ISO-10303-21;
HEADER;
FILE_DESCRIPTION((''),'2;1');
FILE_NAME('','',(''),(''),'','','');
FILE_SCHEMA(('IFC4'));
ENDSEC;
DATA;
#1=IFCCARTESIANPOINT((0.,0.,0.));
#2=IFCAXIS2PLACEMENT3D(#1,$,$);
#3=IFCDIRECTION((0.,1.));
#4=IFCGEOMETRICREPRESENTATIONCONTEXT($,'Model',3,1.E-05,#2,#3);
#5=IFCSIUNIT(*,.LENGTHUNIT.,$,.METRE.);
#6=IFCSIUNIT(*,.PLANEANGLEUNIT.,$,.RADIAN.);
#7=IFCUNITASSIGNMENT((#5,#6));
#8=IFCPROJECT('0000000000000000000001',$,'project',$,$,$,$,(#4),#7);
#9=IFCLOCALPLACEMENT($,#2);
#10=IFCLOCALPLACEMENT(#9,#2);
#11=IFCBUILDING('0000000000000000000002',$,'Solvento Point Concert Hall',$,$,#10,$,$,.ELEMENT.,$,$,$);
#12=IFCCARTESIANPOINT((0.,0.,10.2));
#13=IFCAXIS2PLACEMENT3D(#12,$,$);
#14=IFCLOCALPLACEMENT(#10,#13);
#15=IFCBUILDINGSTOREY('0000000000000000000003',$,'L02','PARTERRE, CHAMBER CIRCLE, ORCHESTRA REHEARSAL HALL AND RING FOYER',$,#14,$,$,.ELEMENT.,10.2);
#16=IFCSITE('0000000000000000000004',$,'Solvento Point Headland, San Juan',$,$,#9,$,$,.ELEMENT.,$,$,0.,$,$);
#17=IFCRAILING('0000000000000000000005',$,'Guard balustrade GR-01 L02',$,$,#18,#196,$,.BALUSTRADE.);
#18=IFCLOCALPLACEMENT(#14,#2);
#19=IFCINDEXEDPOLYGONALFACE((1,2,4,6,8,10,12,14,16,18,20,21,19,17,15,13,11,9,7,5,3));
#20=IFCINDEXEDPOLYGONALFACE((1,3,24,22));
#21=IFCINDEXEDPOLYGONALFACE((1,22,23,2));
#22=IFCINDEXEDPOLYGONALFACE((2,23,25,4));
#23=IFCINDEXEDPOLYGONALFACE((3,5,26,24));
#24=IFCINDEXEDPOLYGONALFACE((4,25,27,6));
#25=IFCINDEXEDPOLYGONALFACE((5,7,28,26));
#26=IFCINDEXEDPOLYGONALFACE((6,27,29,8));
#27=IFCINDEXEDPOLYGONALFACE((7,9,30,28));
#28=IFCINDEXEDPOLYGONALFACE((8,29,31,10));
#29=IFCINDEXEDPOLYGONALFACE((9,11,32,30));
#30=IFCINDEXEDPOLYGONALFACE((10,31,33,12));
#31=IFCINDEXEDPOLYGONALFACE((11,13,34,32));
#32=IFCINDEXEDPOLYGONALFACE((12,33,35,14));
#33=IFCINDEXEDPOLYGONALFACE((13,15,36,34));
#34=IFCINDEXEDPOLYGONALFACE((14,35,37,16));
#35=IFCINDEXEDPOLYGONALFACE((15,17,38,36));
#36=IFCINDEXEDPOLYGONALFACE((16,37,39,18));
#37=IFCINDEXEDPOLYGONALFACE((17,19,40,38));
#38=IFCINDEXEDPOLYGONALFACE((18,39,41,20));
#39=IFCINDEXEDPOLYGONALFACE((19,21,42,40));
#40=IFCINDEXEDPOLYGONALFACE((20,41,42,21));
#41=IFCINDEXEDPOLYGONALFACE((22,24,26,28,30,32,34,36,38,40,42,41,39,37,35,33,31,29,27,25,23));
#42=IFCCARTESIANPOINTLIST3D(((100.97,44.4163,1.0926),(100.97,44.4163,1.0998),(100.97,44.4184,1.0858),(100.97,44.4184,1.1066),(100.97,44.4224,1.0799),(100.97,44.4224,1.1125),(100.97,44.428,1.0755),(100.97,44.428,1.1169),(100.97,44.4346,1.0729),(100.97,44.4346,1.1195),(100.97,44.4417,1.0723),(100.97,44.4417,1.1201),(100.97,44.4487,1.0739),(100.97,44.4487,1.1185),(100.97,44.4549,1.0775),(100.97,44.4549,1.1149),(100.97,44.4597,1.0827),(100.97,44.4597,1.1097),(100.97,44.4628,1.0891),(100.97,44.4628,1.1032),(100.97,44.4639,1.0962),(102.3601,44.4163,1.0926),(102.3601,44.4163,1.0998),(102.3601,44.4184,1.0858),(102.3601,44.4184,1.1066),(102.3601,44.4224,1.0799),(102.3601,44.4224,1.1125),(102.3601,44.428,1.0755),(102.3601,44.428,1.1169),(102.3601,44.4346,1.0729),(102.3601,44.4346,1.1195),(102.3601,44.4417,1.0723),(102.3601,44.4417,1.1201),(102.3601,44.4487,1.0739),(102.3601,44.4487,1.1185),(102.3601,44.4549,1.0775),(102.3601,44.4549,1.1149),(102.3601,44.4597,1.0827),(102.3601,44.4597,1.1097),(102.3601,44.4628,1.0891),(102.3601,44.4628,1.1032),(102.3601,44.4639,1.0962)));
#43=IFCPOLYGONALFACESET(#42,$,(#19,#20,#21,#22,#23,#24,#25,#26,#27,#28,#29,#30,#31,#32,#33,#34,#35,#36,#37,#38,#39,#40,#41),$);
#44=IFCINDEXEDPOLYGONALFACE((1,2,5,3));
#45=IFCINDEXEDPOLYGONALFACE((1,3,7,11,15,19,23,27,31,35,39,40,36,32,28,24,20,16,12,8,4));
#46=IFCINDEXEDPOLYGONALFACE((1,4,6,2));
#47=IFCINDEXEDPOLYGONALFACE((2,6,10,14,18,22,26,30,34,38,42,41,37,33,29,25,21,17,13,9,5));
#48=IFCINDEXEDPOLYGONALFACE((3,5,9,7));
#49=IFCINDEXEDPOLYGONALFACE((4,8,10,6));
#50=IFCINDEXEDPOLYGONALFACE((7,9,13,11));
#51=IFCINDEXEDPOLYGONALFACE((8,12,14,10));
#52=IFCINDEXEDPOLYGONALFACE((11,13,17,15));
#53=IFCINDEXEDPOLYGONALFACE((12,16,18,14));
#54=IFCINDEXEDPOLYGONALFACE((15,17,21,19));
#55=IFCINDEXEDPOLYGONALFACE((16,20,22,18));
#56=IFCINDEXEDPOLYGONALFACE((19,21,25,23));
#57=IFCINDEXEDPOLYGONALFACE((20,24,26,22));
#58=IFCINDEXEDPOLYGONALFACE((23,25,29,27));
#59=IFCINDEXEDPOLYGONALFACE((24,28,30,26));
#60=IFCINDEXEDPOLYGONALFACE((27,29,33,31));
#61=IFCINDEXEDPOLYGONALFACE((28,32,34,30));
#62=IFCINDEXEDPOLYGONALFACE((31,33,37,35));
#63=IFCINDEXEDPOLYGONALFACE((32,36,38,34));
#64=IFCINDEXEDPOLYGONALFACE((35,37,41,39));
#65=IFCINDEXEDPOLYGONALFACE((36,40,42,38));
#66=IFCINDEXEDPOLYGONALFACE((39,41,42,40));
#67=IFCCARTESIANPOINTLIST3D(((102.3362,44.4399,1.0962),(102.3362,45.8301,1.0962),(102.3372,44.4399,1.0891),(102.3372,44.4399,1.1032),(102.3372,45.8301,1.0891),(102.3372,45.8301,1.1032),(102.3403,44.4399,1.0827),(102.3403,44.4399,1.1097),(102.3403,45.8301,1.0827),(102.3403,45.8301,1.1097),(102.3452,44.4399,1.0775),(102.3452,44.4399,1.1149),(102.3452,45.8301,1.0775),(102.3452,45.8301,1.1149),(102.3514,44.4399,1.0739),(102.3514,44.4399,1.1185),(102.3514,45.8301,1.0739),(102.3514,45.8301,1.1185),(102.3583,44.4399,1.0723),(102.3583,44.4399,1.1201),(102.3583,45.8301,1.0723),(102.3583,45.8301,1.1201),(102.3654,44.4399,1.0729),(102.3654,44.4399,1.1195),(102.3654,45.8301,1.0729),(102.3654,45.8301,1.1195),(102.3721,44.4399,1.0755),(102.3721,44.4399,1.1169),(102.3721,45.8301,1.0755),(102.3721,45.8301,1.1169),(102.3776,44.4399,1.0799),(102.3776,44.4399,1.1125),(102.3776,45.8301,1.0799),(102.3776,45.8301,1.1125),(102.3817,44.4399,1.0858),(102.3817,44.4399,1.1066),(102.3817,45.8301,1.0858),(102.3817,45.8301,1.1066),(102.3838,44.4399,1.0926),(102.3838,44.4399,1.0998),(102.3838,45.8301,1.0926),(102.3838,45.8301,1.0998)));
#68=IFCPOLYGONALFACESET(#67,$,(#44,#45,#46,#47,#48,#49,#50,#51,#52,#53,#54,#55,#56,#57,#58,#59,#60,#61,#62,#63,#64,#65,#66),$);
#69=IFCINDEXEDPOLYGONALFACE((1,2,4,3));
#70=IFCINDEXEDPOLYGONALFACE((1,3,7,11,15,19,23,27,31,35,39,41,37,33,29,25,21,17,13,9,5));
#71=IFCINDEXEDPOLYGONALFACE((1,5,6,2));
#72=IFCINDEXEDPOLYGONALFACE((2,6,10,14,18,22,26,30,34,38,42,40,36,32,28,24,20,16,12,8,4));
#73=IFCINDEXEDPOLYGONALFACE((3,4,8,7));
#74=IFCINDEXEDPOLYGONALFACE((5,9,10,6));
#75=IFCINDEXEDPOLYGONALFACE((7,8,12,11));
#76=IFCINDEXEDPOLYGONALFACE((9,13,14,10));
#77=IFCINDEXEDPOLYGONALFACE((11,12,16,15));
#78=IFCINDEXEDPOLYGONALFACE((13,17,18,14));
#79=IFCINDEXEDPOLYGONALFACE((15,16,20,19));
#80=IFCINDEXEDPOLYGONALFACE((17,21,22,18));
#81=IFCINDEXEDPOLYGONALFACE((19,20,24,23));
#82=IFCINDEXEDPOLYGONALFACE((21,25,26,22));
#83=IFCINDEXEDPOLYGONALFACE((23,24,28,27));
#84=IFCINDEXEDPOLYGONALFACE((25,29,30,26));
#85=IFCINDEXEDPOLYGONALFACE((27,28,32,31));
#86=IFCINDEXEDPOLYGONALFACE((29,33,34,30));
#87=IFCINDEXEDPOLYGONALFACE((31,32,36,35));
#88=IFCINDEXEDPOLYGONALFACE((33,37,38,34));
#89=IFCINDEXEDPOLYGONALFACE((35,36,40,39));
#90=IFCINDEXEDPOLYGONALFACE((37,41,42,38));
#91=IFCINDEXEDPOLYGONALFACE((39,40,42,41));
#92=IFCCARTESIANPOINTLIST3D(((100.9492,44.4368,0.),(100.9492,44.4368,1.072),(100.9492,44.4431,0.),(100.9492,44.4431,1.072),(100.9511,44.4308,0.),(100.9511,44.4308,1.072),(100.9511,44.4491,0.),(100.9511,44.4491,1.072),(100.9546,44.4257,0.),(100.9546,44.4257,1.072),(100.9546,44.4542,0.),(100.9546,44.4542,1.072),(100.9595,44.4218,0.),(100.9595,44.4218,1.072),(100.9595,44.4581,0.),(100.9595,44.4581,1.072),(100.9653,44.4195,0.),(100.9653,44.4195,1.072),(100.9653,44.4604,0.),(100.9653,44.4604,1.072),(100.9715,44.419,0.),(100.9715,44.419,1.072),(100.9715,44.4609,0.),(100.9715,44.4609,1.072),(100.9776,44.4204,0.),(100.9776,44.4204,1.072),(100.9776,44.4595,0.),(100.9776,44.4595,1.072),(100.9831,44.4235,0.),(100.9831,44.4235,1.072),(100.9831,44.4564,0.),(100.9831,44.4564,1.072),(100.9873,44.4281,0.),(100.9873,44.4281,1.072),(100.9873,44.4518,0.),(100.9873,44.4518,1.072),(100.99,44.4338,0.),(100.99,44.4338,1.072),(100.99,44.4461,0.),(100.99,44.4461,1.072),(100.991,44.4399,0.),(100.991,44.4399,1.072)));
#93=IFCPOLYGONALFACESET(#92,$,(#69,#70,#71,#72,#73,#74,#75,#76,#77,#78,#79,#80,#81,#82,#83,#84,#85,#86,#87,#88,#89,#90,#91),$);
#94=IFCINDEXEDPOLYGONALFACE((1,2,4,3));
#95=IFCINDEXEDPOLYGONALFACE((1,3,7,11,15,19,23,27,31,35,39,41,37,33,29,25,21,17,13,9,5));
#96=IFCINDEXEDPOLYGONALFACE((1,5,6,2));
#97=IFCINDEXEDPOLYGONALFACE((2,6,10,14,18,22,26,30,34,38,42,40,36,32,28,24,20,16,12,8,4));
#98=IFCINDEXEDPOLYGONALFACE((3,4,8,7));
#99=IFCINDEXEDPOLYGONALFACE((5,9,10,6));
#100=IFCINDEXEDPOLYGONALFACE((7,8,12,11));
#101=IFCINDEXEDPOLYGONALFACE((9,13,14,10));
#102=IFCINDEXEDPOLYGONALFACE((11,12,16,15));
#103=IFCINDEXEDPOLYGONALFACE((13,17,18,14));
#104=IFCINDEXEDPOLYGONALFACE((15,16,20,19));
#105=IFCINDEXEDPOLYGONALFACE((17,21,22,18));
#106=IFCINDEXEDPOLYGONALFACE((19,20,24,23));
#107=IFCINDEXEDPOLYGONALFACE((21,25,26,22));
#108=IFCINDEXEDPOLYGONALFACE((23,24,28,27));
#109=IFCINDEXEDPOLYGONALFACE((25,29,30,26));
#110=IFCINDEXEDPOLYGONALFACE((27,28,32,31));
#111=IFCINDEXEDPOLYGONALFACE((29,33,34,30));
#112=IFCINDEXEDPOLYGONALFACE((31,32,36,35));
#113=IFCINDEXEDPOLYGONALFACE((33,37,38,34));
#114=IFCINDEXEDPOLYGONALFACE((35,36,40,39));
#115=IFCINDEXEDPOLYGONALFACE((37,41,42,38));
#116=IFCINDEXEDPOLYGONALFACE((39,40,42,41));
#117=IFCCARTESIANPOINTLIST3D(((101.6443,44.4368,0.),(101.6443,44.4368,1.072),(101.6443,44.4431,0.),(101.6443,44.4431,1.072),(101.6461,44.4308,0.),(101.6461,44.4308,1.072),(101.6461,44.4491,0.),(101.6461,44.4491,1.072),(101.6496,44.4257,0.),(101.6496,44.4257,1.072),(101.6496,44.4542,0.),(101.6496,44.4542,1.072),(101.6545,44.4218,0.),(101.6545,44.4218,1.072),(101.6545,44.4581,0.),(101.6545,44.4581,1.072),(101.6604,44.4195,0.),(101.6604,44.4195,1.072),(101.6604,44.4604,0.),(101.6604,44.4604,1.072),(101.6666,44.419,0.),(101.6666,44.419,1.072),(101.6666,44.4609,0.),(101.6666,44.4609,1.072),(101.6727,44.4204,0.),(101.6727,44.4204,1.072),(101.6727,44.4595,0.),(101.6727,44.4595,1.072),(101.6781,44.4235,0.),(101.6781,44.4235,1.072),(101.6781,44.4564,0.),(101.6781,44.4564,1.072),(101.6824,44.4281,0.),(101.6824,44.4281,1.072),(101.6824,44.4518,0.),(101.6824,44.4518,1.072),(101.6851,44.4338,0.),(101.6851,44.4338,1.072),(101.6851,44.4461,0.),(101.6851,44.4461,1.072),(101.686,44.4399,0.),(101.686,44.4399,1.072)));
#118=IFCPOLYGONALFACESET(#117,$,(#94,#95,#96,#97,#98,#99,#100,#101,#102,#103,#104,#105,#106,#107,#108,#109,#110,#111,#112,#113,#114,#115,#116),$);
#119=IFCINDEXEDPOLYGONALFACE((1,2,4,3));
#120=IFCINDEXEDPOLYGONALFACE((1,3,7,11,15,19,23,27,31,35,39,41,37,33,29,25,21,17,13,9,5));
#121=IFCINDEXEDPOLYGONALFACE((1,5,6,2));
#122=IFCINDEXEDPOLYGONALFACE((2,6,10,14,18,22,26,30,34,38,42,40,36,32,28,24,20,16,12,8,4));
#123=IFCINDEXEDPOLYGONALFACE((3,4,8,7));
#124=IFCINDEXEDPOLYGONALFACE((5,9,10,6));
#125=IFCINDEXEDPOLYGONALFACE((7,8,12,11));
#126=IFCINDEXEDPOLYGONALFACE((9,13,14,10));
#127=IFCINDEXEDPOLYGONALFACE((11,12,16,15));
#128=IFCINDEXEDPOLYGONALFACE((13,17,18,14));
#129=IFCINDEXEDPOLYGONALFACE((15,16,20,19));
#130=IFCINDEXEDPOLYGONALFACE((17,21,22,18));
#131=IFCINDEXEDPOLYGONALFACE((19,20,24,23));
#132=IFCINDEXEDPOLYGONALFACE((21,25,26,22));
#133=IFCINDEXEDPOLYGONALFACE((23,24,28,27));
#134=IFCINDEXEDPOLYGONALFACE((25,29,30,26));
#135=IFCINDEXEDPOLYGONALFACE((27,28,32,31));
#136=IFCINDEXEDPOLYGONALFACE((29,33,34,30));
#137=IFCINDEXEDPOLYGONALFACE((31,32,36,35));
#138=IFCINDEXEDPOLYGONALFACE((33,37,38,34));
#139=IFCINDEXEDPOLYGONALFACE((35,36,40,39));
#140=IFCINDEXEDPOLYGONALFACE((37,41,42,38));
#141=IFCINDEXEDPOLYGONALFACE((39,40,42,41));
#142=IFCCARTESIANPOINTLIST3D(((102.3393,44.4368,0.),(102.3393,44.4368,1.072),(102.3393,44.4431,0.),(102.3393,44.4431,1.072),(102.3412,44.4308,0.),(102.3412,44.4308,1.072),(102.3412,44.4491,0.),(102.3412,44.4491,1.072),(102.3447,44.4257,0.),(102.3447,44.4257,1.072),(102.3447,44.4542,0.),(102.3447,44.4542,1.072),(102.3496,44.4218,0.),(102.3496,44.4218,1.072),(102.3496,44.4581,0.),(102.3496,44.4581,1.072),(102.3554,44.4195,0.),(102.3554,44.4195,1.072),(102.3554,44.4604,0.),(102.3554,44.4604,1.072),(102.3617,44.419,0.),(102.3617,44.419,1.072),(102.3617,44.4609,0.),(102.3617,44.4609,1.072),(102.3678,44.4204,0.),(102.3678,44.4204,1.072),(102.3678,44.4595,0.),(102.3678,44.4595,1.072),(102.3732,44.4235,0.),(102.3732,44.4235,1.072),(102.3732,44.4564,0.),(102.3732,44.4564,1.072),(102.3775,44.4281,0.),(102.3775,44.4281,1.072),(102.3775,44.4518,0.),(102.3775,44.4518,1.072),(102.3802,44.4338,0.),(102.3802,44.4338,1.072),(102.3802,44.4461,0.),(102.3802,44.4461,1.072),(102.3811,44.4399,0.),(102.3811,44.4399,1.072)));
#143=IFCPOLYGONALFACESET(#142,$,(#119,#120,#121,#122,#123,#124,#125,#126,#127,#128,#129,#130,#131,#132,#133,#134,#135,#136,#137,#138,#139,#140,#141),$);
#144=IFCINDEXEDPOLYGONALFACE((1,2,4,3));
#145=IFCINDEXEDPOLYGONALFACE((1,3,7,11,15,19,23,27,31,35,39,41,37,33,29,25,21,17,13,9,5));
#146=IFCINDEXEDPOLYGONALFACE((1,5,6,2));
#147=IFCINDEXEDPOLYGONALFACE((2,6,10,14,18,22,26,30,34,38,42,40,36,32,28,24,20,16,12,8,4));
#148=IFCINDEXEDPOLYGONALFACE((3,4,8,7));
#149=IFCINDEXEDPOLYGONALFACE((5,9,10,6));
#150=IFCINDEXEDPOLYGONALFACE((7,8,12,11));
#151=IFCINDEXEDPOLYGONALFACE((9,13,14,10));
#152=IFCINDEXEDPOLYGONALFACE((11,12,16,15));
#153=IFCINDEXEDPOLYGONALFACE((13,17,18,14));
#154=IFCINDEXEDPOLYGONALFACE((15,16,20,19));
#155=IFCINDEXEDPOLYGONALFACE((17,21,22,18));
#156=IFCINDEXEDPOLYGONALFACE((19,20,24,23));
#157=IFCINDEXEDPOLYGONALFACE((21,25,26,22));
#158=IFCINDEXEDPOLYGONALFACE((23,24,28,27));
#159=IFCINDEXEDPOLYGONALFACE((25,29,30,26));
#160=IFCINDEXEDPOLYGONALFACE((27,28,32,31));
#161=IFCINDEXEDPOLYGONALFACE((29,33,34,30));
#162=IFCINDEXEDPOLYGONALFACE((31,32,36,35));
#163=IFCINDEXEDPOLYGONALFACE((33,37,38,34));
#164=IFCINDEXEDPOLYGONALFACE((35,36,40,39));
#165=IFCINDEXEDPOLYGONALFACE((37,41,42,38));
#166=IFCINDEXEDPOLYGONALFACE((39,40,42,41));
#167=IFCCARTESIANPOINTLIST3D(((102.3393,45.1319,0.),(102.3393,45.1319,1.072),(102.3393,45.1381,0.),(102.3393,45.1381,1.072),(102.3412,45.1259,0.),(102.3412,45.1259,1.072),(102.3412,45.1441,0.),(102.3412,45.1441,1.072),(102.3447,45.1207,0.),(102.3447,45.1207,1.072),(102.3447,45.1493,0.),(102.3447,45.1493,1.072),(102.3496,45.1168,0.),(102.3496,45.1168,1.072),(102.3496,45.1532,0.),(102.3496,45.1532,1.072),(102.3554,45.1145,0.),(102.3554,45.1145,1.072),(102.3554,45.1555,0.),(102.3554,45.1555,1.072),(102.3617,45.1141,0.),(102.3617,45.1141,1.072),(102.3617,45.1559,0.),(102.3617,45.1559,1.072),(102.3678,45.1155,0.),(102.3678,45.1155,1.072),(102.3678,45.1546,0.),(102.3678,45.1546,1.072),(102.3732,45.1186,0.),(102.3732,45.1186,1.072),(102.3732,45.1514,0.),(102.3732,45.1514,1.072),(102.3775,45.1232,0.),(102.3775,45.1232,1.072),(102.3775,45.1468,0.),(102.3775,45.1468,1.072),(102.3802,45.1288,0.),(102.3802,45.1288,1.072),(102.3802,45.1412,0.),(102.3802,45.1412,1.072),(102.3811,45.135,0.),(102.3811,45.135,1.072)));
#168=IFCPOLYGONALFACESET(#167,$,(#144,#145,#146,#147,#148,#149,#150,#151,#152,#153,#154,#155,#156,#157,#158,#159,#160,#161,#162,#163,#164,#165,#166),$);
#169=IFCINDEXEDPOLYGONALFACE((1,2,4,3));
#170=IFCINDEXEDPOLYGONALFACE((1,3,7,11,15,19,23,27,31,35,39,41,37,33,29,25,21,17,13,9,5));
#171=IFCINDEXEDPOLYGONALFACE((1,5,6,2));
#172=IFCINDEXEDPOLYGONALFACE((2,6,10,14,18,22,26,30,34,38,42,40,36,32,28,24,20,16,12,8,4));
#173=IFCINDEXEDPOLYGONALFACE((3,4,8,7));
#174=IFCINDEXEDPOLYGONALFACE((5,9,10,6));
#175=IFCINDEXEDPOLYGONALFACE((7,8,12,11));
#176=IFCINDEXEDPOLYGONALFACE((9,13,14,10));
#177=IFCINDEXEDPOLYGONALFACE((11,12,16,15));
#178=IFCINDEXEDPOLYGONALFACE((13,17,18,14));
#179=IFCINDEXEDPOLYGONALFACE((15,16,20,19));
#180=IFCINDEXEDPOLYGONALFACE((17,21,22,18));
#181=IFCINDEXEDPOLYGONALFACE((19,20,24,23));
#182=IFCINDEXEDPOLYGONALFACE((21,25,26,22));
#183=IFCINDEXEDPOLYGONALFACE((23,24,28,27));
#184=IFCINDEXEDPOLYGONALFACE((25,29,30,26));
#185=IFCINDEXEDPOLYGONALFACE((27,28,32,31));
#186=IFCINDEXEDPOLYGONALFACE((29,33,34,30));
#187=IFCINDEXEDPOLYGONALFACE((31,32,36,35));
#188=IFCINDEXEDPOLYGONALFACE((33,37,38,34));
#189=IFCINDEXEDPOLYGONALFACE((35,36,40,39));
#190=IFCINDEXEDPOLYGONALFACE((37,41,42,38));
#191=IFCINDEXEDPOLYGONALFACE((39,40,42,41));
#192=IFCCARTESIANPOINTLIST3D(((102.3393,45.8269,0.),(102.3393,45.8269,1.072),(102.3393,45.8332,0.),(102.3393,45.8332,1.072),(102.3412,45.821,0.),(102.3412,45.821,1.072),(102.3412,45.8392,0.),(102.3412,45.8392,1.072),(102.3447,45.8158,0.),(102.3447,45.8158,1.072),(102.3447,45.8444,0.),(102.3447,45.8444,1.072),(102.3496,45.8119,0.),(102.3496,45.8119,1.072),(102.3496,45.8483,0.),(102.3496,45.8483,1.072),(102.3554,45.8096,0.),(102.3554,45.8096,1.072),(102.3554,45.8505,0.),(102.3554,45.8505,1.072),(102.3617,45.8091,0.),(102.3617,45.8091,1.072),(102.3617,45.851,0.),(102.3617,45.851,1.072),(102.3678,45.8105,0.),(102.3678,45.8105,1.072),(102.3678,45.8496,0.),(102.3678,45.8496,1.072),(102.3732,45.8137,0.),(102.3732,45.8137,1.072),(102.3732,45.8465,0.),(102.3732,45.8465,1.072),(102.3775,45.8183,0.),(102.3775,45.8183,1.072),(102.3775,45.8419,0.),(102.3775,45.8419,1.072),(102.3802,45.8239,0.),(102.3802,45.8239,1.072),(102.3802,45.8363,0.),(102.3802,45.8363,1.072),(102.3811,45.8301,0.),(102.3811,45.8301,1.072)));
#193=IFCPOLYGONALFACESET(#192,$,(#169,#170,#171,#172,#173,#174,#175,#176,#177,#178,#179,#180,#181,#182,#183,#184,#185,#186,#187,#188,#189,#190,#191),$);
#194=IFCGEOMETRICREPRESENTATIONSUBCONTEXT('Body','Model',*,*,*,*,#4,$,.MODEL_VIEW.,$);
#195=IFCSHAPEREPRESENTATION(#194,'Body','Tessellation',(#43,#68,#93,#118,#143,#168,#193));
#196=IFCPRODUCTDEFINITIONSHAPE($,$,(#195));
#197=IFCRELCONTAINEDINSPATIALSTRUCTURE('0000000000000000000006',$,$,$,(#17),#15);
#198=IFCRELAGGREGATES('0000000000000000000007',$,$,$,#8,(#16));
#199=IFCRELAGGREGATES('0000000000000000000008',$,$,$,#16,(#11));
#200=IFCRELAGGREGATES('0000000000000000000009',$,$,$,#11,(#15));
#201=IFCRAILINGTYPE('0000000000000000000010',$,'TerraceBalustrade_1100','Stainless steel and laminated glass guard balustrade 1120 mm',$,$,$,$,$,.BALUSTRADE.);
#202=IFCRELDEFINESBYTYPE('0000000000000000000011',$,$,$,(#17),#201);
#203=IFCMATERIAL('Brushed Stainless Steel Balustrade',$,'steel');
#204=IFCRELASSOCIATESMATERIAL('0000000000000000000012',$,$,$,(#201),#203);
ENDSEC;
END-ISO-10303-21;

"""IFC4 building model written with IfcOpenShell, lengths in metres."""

from ifc_helpers import new_model, si_unit, direction, frame, origin, origin_2d, place, context, subcontext, project, spatial, circle, extrude, material, type_object, element, save


model = new_model("IFC4")

# Units and contexts
model_context = context("Model", 3, precision=1e-05, world=origin(), true_north=direction((0.0, 1.0)))
body_context = subcontext(model_context, "Body", "Model", "MODEL_VIEW")
ifc_project = project(units=[si_unit("LENGTHUNIT", "METRE"), si_unit("PLANEANGLEUNIT", "RADIAN")], contexts=[model_context])

# Site, building, storey
site_placement = place(None, origin())
site = spatial("IfcSite", under=ifc_project, at=site_placement, Name="Solvento Point Headland, San Juan", CompositionType="ELEMENT", RefElevation=0.0)
building_placement = place(site_placement, origin())
building = spatial("IfcBuilding", under=site, at=building_placement, Name="Solvento Point Concert Hall", CompositionType="ELEMENT")
storey_placement = place(building_placement, frame((0.0, 0.0, 10.2)))
storey = spatial("IfcBuildingStorey", under=building, at=storey_placement, Name="L02", Description="PARTERRE, CHAMBER CIRCLE, ORCHESTRA REHEARSAL HALL AND RING FOYER", CompositionType="ELEMENT", Elevation=10.2)

# Railing
ifc_material_1 = material(Name="Brushed Stainless Steel Balustrade", Category="steel")
railing_type_1 = type_object("IfcRailingType", Name="TerraceBalustrade_1100", Description="Stainless steel and laminated glass guard balustrade 1120 mm", PredefinedType="BALUSTRADE", material=ifc_material_1)
railing_1_placement = place(storey_placement, frame((100.97, 44.4399, 0.0)))
element("IfcRailing", 1, at=railing_1_placement, inside=storey, type_object=railing_type_1, Name="Guard balustrade GR-01 L02", PredefinedType="BALUSTRADE", context=body_context, shape_type="SweptSolid", body=[
    extrude(circle(Radius=0.0239, at=origin_2d()), frame((0.0, 0.0, 1.0962), z_axis=(1.0, 0.0, 0.0), x_axis=(0.0, 1.0, 0.0)), (0.0, 0.0, 1.0), 1.3901),
    extrude(circle(Radius=0.0239, at=origin_2d()), frame((1.3901, 0.0, 1.0962), z_axis=(0.0, 1.0, 0.0), x_axis=(-1.0, 0.0, 0.0)), (0.0, 0.0, 1.0), 1.3901),
    extrude(circle(Radius=0.021, at=origin_2d()), origin(), (0.0, 0.0, 1.0), 1.072),
    extrude(circle(Radius=0.021, at=origin_2d()), frame((0.6951, 0.0, 0.0)), (0.0, 0.0, 1.0), 1.072),
    extrude(circle(Radius=0.021, at=origin_2d()), frame((1.3901, 0.0, 0.0)), (0.0, 0.0, 1.0), 1.072),
    extrude(circle(Radius=0.021, at=origin_2d()), frame((1.3901, 0.6951, 0.0)), (0.0, 0.0, 1.0), 1.072),
    extrude(circle(Radius=0.021, at=origin_2d()), frame((1.3901, 1.3901, 0.0)), (0.0, 0.0, 1.0), 1.072),
])

save(model, "model.ifc")
